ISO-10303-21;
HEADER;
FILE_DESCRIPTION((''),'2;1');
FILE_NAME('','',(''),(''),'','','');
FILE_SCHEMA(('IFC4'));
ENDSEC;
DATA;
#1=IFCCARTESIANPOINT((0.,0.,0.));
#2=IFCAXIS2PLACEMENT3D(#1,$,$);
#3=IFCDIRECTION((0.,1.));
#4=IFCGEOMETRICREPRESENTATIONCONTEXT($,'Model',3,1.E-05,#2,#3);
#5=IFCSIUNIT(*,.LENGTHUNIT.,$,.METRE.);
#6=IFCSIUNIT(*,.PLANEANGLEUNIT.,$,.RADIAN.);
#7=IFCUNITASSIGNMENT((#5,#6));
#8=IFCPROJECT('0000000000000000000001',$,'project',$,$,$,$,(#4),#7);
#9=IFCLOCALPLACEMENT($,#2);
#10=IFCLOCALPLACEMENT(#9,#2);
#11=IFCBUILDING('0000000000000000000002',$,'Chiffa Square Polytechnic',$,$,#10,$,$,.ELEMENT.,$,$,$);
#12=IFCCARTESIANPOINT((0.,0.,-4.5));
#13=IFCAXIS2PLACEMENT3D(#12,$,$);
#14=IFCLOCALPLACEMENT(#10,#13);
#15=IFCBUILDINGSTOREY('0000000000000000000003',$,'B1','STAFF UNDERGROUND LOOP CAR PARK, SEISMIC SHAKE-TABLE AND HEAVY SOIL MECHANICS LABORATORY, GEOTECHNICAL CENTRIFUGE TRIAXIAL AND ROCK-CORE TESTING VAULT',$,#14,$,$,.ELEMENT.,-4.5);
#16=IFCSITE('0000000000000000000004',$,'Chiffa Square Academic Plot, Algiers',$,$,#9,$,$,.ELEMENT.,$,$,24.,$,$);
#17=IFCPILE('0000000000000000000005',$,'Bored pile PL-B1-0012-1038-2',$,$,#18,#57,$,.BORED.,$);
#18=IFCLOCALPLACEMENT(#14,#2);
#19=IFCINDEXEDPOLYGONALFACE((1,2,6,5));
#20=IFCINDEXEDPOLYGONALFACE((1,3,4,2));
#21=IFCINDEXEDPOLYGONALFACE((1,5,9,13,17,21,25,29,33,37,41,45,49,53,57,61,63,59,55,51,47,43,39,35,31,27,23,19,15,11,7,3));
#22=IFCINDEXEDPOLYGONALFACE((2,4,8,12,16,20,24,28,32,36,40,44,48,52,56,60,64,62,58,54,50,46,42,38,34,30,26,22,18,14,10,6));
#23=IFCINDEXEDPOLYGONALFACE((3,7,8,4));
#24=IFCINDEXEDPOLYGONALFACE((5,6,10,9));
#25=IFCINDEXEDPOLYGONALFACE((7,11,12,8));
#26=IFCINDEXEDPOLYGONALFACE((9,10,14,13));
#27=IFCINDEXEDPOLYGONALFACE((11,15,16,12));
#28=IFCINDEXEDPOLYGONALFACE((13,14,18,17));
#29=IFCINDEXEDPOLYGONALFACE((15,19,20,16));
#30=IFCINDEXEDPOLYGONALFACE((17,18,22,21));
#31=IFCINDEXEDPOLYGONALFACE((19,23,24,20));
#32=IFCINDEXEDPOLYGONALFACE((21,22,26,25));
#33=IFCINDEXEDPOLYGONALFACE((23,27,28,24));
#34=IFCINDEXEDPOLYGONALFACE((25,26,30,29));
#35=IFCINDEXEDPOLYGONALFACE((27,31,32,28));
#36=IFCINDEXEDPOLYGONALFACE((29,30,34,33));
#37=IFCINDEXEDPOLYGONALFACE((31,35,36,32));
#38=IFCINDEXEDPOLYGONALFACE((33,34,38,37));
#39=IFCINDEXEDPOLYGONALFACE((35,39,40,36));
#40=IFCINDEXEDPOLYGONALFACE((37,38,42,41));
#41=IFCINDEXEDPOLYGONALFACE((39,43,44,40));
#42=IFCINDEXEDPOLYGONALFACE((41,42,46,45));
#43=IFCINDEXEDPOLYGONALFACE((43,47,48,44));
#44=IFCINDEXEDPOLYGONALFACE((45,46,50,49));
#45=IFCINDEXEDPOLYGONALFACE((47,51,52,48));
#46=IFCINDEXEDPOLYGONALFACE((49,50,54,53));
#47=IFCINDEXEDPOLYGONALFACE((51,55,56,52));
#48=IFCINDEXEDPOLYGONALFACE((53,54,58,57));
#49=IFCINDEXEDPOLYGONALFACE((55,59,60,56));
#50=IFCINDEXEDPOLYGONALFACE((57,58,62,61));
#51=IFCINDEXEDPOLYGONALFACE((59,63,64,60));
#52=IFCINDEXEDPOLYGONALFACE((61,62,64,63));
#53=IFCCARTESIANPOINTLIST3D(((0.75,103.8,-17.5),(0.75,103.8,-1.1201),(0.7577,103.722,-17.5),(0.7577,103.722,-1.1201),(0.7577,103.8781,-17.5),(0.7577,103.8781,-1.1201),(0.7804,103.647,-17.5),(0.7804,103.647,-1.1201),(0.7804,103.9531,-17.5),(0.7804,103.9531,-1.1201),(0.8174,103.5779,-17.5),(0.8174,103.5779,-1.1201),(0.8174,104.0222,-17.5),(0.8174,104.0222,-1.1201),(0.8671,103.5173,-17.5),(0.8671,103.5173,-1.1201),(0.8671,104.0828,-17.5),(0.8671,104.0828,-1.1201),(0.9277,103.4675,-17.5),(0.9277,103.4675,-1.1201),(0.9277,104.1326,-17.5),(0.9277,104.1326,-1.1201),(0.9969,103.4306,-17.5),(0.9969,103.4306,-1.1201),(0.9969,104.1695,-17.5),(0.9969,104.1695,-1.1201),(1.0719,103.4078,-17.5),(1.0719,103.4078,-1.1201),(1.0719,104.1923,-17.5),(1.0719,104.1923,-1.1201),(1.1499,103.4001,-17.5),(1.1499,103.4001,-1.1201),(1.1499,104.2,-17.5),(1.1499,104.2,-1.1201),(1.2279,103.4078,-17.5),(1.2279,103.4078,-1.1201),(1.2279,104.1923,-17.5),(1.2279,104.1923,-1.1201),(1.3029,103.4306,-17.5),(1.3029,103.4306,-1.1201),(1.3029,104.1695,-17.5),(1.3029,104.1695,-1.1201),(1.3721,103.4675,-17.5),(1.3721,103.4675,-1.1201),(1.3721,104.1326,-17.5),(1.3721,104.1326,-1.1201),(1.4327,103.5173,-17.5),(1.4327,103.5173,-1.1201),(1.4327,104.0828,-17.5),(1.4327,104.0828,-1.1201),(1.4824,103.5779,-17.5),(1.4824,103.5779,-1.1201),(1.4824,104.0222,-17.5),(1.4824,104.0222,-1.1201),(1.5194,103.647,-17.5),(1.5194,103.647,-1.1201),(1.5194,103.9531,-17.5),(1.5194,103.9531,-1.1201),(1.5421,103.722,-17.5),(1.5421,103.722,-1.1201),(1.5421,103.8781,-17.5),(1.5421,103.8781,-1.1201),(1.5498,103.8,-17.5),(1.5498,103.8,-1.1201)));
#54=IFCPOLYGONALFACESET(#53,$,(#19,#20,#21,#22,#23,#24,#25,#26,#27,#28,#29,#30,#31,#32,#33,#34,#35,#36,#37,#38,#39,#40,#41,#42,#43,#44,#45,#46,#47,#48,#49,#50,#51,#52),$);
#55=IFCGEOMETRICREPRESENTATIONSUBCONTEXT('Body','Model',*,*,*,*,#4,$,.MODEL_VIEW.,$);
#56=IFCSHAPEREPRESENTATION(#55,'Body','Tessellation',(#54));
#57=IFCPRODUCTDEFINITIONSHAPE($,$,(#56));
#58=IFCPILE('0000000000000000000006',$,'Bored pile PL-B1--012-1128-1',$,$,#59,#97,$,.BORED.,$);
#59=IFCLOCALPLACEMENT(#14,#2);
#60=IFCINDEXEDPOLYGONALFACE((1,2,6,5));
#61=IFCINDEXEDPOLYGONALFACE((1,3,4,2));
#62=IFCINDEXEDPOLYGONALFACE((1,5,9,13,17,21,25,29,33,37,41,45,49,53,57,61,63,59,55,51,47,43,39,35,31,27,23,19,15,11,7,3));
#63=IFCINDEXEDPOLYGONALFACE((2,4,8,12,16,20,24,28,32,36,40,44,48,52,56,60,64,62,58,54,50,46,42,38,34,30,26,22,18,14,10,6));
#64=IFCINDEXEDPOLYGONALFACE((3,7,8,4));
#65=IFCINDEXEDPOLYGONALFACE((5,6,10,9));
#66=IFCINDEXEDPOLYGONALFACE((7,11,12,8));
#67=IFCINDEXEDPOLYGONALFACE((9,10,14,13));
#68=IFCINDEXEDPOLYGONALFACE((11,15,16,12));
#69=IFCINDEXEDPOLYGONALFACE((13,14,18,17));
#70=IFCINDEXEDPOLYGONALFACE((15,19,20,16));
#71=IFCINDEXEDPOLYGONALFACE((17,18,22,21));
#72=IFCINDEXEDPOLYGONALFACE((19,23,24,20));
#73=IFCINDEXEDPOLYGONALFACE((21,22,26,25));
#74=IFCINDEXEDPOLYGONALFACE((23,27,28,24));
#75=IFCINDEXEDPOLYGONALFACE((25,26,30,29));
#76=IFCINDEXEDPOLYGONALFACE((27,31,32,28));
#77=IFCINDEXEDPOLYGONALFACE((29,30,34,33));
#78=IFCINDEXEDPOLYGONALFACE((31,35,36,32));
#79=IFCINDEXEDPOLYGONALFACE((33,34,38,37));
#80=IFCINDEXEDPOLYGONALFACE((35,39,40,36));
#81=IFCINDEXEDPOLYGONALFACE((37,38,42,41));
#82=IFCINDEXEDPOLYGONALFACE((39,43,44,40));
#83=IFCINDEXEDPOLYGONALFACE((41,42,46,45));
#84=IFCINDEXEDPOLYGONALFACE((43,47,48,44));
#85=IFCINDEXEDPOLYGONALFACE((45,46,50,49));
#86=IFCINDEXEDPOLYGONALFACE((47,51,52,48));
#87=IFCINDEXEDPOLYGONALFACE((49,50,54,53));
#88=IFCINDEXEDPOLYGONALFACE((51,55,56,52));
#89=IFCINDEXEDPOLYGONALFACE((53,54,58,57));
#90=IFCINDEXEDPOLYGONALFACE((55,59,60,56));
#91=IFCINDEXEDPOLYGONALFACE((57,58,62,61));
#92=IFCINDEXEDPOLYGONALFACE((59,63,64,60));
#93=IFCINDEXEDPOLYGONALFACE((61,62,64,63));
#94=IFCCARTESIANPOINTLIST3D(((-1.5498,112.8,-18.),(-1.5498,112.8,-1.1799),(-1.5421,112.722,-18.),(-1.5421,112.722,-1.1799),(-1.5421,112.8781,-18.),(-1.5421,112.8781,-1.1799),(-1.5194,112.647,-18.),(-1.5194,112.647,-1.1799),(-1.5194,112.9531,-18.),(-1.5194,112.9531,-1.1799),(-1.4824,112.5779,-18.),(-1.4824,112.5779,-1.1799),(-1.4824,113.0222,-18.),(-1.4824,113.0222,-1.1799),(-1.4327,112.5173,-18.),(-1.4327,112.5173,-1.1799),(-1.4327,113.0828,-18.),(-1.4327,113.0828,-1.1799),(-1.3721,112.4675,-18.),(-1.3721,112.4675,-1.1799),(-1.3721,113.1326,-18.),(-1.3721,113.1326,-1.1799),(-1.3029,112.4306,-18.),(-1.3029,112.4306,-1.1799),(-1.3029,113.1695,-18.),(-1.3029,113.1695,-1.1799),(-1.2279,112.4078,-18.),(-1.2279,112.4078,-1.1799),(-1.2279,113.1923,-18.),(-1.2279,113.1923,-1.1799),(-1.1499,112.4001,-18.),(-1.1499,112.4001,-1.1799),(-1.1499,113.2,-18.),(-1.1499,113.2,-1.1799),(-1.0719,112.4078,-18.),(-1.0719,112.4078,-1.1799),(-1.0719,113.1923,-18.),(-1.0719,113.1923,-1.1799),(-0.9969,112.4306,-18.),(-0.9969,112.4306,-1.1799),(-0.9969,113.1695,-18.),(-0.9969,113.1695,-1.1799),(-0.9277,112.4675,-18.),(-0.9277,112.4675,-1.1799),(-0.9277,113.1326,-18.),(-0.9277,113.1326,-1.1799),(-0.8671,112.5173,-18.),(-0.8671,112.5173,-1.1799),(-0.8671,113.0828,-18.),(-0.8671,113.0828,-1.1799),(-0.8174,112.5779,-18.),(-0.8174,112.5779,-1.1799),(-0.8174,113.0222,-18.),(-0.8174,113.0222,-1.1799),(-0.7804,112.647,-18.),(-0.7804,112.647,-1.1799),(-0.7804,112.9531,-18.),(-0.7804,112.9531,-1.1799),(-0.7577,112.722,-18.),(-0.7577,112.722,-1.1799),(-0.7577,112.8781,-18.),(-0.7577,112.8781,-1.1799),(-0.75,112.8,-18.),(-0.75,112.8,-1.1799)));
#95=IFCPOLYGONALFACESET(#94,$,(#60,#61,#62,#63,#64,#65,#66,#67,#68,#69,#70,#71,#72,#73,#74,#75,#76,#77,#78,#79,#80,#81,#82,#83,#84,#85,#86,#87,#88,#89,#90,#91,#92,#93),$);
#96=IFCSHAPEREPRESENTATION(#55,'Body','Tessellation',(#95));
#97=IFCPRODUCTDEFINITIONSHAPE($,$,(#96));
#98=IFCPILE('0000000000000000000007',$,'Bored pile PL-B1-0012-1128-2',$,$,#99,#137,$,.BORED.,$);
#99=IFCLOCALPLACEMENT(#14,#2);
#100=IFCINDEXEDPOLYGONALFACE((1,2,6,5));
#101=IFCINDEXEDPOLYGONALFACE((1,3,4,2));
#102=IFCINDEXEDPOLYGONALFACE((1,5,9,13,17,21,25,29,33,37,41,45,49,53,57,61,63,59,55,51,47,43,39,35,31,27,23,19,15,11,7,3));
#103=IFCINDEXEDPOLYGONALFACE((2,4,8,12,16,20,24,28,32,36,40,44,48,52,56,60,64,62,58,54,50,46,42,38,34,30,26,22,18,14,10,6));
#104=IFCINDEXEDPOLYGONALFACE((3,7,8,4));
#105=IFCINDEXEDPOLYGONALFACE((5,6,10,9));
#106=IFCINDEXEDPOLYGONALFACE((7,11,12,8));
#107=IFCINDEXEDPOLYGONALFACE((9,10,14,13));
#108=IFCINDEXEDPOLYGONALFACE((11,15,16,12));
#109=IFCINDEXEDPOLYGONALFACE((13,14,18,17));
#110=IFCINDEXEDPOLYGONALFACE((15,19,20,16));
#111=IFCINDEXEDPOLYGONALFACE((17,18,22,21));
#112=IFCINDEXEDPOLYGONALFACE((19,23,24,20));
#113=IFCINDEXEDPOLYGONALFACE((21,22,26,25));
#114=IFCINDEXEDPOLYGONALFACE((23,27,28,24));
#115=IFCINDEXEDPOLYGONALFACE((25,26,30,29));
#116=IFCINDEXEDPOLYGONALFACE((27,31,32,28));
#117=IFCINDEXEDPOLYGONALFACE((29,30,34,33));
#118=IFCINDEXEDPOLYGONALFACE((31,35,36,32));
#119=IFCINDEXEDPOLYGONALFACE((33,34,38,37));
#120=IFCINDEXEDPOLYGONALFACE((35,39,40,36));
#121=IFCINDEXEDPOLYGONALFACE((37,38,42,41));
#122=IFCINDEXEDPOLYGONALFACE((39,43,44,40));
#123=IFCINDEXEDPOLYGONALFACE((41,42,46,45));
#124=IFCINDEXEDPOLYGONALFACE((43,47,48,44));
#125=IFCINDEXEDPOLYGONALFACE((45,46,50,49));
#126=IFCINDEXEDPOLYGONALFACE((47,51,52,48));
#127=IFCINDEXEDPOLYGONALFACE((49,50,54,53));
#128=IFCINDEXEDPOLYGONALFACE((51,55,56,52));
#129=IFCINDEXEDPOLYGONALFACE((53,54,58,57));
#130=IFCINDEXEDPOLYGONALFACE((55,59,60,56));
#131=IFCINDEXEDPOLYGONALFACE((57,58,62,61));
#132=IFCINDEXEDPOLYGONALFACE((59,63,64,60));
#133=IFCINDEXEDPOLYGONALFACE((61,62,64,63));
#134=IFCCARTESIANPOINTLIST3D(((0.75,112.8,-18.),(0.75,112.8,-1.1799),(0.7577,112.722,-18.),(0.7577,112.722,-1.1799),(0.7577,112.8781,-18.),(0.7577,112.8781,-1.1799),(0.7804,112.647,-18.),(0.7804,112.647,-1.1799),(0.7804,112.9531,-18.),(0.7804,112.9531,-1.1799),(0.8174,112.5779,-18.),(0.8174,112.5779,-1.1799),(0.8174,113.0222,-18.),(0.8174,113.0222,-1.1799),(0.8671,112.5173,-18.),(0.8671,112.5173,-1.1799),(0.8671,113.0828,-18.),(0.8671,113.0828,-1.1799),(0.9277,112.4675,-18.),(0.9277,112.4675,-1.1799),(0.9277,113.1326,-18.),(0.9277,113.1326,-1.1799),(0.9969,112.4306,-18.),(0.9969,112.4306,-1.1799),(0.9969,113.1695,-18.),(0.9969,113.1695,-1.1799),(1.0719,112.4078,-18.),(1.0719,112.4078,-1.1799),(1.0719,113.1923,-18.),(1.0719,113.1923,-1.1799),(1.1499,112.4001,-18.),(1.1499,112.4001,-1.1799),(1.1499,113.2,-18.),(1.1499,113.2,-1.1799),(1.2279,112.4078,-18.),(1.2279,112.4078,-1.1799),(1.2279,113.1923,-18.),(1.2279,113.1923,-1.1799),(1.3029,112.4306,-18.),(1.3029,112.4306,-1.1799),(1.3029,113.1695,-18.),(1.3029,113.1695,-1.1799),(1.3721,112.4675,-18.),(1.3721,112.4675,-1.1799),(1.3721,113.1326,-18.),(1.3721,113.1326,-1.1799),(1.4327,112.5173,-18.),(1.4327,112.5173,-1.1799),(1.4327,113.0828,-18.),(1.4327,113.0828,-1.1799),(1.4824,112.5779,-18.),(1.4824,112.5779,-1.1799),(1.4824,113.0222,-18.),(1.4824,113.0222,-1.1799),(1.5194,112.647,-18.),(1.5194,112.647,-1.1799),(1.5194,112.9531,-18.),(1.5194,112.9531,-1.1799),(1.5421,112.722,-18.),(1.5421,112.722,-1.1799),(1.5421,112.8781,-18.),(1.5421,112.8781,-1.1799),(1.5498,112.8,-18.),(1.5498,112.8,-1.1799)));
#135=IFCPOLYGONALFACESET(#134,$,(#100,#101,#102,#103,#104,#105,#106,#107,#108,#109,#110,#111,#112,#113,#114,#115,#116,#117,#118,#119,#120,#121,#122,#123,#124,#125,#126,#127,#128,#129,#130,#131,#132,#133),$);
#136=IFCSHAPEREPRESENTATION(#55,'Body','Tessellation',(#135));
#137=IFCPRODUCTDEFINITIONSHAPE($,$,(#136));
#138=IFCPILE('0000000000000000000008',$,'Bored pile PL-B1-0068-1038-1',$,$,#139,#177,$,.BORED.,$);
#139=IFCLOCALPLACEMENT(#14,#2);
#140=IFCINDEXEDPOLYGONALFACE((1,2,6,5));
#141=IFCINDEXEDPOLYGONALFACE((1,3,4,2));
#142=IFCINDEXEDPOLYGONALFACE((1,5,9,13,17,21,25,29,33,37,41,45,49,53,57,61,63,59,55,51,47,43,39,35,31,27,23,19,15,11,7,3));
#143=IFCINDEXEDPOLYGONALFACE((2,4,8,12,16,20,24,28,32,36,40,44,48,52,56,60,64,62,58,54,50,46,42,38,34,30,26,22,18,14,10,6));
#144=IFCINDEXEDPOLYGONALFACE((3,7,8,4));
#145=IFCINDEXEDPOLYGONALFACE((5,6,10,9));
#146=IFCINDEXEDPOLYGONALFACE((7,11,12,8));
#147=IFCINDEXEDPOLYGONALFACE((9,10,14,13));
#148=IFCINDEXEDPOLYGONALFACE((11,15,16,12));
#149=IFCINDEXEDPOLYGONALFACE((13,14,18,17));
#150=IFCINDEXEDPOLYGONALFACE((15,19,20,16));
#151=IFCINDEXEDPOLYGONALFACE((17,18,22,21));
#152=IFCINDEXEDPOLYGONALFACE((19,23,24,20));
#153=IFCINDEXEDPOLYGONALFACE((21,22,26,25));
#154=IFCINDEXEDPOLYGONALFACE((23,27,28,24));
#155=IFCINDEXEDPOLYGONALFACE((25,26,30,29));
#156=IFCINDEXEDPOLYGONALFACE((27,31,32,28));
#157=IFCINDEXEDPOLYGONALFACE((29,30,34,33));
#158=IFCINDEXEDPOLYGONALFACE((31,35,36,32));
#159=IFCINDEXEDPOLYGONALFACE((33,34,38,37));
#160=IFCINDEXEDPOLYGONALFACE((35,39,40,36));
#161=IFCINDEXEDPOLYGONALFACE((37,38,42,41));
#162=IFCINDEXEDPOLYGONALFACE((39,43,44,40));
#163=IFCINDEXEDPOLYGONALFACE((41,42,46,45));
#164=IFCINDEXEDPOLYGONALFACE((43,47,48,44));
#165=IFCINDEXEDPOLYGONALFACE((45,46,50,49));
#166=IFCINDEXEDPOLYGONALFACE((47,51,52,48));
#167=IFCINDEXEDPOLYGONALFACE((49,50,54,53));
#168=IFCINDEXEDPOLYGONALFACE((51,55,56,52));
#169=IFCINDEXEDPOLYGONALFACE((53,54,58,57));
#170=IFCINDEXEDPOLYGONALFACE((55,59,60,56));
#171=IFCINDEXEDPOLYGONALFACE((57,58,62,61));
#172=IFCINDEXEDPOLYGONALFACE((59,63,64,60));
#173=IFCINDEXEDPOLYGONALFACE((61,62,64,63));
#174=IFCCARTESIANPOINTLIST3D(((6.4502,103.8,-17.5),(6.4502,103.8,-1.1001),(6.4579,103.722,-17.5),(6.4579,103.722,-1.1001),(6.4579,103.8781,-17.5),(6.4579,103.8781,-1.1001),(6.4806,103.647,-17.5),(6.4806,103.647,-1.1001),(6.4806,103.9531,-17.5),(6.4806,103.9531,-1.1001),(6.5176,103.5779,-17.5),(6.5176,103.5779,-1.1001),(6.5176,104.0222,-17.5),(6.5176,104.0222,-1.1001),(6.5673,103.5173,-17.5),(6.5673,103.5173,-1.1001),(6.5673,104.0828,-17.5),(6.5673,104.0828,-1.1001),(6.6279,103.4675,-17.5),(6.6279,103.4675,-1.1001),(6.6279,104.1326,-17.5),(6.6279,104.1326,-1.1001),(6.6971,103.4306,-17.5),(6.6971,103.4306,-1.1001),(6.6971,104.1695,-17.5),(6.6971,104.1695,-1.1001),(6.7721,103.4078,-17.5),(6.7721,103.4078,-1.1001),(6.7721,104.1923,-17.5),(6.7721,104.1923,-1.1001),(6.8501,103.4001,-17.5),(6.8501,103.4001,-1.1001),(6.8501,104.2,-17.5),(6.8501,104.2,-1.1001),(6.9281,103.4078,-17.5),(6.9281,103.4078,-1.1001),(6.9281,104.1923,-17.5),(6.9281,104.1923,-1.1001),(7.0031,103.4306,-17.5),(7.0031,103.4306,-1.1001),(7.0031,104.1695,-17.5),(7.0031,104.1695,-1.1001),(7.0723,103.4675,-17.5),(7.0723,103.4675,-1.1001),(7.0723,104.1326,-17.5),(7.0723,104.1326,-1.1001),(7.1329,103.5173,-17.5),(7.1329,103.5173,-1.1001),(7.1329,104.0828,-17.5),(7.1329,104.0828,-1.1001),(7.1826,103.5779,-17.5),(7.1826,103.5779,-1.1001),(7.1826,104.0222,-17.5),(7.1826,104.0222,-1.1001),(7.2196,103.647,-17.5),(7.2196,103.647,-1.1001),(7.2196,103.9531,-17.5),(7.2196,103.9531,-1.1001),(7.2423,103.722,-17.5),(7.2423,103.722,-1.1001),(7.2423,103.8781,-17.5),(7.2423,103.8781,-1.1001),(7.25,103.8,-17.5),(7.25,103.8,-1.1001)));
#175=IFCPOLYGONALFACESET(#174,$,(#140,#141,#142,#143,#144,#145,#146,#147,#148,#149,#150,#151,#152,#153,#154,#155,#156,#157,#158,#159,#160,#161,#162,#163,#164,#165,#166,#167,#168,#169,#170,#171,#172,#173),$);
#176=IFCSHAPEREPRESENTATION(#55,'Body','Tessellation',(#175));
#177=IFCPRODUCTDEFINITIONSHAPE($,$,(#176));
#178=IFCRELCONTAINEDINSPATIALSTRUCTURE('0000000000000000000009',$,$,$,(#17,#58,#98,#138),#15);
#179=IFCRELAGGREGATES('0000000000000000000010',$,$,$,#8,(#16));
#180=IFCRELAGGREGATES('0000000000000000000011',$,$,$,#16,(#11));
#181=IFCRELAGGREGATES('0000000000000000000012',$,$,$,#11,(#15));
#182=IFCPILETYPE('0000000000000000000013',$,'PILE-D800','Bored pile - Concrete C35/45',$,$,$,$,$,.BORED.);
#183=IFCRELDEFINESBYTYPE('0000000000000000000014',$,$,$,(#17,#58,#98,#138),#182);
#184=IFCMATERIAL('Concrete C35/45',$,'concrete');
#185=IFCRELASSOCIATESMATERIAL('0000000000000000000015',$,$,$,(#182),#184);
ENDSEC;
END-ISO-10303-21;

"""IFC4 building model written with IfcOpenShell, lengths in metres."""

from ifc_helpers import new_model, si_unit, direction, frame, origin, origin_2d, place, context, subcontext, project, spatial, circle, extrude, material, material_profile, profile_set, type_object, element, save


model = new_model("IFC4")

# Units and contexts
model_context = context("Model", 3, precision=1e-05, world=origin(), true_north=direction((0.0, 1.0)))
body_context = subcontext(model_context, "Body", "Model", "MODEL_VIEW")
ifc_project = project(units=[si_unit("LENGTHUNIT", "METRE"), si_unit("PLANEANGLEUNIT", "RADIAN")], contexts=[model_context])

# Site, building, storey
site_placement = place(None, origin())
site = spatial("IfcSite", under=ifc_project, at=site_placement, Name="Chiffa Square Academic Plot, Algiers", CompositionType="ELEMENT", RefElevation=24.0)
building_placement = place(site_placement, origin())
building = spatial("IfcBuilding", under=site, at=building_placement, Name="Chiffa Square Polytechnic", CompositionType="ELEMENT")
storey_placement = place(building_placement, frame((0.0, 0.0, -4.5)))
storey = spatial("IfcBuildingStorey", under=building, at=storey_placement, Name="B1", Description="STAFF UNDERGROUND LOOP CAR PARK, SEISMIC SHAKE-TABLE AND HEAVY SOIL MECHANICS LABORATORY, GEOTECHNICAL CENTRIFUGE TRIAXIAL AND ROCK-CORE TESTING VAULT", CompositionType="ELEMENT", Elevation=-4.5)

# Shared definitions
ifc_material_1 = material(Name="Concrete C35/45", Category="concrete")

# Piles
ifc_material_profile_1 = material_profile(ifc_material_1, circle(Radius=0.3999, at=origin_2d()), Name="PILE D800")
ifc_profile_set_1 = profile_set([ifc_material_profile_1], Name="Concrete C35/45")
pile_type_1 = type_object("IfcPileType", Name="PILE-D800", Description="Bored pile - Concrete C35/45", PredefinedType="BORED", material=ifc_profile_set_1)
for number, where, z_axis, x_axis, name in (
    (1, (1.1499, 103.8, -1.1201), (0.0, 0.0, -1.0), (1.0, 0.0, 0.0), "Bored pile PL-B1-0012-1038-2"),
):
    element("IfcPile", number, at=place(storey_placement, frame(where, z_axis=z_axis, x_axis=x_axis)), inside=storey, type_object=pile_type_1, Name=name, PredefinedType="BORED", context=body_context, shape_type="SweptSolid", body=[
        extrude(circle(Radius=0.3999, at=origin_2d()), origin(), (0.0, 0.0, 1.0), 16.3799),
    ])
for number, where, z_axis, x_axis, name in (
    (2, (-1.1499, 112.8, -1.1799), (0.0, 0.0, -1.0), (1.0, 0.0, 0.0), "Bored pile PL-B1--012-1128-1"),
    (3, (1.1499, 112.8, -1.1799), (0.0, 0.0, -1.0), (1.0, 0.0, 0.0), "Bored pile PL-B1-0012-1128-2"),
):
    element("IfcPile", number, at=place(storey_placement, frame(where, z_axis=z_axis, x_axis=x_axis)), inside=storey, type_object=pile_type_1, Name=name, PredefinedType="BORED", context=body_context, shape_type="SweptSolid", body=[
        extrude(circle(Radius=0.3999, at=origin_2d()), origin(), (0.0, 0.0, 1.0), 16.8201),
    ])
for number, where, z_axis, x_axis, name in (
    (4, (6.8501, 103.8, -1.1001), (0.0, 0.0, -1.0), (1.0, 0.0, 0.0), "Bored pile PL-B1-0068-1038-1"),
):
    element("IfcPile", number, at=place(storey_placement, frame(where, z_axis=z_axis, x_axis=x_axis)), inside=storey, type_object=pile_type_1, Name=name, PredefinedType="BORED", context=body_context, shape_type="SweptSolid", body=[
        extrude(circle(Radius=0.3999, at=origin_2d()), origin(), (0.0, 0.0, 1.0), 16.3999),
    ])

save(model, "model.ifc")
